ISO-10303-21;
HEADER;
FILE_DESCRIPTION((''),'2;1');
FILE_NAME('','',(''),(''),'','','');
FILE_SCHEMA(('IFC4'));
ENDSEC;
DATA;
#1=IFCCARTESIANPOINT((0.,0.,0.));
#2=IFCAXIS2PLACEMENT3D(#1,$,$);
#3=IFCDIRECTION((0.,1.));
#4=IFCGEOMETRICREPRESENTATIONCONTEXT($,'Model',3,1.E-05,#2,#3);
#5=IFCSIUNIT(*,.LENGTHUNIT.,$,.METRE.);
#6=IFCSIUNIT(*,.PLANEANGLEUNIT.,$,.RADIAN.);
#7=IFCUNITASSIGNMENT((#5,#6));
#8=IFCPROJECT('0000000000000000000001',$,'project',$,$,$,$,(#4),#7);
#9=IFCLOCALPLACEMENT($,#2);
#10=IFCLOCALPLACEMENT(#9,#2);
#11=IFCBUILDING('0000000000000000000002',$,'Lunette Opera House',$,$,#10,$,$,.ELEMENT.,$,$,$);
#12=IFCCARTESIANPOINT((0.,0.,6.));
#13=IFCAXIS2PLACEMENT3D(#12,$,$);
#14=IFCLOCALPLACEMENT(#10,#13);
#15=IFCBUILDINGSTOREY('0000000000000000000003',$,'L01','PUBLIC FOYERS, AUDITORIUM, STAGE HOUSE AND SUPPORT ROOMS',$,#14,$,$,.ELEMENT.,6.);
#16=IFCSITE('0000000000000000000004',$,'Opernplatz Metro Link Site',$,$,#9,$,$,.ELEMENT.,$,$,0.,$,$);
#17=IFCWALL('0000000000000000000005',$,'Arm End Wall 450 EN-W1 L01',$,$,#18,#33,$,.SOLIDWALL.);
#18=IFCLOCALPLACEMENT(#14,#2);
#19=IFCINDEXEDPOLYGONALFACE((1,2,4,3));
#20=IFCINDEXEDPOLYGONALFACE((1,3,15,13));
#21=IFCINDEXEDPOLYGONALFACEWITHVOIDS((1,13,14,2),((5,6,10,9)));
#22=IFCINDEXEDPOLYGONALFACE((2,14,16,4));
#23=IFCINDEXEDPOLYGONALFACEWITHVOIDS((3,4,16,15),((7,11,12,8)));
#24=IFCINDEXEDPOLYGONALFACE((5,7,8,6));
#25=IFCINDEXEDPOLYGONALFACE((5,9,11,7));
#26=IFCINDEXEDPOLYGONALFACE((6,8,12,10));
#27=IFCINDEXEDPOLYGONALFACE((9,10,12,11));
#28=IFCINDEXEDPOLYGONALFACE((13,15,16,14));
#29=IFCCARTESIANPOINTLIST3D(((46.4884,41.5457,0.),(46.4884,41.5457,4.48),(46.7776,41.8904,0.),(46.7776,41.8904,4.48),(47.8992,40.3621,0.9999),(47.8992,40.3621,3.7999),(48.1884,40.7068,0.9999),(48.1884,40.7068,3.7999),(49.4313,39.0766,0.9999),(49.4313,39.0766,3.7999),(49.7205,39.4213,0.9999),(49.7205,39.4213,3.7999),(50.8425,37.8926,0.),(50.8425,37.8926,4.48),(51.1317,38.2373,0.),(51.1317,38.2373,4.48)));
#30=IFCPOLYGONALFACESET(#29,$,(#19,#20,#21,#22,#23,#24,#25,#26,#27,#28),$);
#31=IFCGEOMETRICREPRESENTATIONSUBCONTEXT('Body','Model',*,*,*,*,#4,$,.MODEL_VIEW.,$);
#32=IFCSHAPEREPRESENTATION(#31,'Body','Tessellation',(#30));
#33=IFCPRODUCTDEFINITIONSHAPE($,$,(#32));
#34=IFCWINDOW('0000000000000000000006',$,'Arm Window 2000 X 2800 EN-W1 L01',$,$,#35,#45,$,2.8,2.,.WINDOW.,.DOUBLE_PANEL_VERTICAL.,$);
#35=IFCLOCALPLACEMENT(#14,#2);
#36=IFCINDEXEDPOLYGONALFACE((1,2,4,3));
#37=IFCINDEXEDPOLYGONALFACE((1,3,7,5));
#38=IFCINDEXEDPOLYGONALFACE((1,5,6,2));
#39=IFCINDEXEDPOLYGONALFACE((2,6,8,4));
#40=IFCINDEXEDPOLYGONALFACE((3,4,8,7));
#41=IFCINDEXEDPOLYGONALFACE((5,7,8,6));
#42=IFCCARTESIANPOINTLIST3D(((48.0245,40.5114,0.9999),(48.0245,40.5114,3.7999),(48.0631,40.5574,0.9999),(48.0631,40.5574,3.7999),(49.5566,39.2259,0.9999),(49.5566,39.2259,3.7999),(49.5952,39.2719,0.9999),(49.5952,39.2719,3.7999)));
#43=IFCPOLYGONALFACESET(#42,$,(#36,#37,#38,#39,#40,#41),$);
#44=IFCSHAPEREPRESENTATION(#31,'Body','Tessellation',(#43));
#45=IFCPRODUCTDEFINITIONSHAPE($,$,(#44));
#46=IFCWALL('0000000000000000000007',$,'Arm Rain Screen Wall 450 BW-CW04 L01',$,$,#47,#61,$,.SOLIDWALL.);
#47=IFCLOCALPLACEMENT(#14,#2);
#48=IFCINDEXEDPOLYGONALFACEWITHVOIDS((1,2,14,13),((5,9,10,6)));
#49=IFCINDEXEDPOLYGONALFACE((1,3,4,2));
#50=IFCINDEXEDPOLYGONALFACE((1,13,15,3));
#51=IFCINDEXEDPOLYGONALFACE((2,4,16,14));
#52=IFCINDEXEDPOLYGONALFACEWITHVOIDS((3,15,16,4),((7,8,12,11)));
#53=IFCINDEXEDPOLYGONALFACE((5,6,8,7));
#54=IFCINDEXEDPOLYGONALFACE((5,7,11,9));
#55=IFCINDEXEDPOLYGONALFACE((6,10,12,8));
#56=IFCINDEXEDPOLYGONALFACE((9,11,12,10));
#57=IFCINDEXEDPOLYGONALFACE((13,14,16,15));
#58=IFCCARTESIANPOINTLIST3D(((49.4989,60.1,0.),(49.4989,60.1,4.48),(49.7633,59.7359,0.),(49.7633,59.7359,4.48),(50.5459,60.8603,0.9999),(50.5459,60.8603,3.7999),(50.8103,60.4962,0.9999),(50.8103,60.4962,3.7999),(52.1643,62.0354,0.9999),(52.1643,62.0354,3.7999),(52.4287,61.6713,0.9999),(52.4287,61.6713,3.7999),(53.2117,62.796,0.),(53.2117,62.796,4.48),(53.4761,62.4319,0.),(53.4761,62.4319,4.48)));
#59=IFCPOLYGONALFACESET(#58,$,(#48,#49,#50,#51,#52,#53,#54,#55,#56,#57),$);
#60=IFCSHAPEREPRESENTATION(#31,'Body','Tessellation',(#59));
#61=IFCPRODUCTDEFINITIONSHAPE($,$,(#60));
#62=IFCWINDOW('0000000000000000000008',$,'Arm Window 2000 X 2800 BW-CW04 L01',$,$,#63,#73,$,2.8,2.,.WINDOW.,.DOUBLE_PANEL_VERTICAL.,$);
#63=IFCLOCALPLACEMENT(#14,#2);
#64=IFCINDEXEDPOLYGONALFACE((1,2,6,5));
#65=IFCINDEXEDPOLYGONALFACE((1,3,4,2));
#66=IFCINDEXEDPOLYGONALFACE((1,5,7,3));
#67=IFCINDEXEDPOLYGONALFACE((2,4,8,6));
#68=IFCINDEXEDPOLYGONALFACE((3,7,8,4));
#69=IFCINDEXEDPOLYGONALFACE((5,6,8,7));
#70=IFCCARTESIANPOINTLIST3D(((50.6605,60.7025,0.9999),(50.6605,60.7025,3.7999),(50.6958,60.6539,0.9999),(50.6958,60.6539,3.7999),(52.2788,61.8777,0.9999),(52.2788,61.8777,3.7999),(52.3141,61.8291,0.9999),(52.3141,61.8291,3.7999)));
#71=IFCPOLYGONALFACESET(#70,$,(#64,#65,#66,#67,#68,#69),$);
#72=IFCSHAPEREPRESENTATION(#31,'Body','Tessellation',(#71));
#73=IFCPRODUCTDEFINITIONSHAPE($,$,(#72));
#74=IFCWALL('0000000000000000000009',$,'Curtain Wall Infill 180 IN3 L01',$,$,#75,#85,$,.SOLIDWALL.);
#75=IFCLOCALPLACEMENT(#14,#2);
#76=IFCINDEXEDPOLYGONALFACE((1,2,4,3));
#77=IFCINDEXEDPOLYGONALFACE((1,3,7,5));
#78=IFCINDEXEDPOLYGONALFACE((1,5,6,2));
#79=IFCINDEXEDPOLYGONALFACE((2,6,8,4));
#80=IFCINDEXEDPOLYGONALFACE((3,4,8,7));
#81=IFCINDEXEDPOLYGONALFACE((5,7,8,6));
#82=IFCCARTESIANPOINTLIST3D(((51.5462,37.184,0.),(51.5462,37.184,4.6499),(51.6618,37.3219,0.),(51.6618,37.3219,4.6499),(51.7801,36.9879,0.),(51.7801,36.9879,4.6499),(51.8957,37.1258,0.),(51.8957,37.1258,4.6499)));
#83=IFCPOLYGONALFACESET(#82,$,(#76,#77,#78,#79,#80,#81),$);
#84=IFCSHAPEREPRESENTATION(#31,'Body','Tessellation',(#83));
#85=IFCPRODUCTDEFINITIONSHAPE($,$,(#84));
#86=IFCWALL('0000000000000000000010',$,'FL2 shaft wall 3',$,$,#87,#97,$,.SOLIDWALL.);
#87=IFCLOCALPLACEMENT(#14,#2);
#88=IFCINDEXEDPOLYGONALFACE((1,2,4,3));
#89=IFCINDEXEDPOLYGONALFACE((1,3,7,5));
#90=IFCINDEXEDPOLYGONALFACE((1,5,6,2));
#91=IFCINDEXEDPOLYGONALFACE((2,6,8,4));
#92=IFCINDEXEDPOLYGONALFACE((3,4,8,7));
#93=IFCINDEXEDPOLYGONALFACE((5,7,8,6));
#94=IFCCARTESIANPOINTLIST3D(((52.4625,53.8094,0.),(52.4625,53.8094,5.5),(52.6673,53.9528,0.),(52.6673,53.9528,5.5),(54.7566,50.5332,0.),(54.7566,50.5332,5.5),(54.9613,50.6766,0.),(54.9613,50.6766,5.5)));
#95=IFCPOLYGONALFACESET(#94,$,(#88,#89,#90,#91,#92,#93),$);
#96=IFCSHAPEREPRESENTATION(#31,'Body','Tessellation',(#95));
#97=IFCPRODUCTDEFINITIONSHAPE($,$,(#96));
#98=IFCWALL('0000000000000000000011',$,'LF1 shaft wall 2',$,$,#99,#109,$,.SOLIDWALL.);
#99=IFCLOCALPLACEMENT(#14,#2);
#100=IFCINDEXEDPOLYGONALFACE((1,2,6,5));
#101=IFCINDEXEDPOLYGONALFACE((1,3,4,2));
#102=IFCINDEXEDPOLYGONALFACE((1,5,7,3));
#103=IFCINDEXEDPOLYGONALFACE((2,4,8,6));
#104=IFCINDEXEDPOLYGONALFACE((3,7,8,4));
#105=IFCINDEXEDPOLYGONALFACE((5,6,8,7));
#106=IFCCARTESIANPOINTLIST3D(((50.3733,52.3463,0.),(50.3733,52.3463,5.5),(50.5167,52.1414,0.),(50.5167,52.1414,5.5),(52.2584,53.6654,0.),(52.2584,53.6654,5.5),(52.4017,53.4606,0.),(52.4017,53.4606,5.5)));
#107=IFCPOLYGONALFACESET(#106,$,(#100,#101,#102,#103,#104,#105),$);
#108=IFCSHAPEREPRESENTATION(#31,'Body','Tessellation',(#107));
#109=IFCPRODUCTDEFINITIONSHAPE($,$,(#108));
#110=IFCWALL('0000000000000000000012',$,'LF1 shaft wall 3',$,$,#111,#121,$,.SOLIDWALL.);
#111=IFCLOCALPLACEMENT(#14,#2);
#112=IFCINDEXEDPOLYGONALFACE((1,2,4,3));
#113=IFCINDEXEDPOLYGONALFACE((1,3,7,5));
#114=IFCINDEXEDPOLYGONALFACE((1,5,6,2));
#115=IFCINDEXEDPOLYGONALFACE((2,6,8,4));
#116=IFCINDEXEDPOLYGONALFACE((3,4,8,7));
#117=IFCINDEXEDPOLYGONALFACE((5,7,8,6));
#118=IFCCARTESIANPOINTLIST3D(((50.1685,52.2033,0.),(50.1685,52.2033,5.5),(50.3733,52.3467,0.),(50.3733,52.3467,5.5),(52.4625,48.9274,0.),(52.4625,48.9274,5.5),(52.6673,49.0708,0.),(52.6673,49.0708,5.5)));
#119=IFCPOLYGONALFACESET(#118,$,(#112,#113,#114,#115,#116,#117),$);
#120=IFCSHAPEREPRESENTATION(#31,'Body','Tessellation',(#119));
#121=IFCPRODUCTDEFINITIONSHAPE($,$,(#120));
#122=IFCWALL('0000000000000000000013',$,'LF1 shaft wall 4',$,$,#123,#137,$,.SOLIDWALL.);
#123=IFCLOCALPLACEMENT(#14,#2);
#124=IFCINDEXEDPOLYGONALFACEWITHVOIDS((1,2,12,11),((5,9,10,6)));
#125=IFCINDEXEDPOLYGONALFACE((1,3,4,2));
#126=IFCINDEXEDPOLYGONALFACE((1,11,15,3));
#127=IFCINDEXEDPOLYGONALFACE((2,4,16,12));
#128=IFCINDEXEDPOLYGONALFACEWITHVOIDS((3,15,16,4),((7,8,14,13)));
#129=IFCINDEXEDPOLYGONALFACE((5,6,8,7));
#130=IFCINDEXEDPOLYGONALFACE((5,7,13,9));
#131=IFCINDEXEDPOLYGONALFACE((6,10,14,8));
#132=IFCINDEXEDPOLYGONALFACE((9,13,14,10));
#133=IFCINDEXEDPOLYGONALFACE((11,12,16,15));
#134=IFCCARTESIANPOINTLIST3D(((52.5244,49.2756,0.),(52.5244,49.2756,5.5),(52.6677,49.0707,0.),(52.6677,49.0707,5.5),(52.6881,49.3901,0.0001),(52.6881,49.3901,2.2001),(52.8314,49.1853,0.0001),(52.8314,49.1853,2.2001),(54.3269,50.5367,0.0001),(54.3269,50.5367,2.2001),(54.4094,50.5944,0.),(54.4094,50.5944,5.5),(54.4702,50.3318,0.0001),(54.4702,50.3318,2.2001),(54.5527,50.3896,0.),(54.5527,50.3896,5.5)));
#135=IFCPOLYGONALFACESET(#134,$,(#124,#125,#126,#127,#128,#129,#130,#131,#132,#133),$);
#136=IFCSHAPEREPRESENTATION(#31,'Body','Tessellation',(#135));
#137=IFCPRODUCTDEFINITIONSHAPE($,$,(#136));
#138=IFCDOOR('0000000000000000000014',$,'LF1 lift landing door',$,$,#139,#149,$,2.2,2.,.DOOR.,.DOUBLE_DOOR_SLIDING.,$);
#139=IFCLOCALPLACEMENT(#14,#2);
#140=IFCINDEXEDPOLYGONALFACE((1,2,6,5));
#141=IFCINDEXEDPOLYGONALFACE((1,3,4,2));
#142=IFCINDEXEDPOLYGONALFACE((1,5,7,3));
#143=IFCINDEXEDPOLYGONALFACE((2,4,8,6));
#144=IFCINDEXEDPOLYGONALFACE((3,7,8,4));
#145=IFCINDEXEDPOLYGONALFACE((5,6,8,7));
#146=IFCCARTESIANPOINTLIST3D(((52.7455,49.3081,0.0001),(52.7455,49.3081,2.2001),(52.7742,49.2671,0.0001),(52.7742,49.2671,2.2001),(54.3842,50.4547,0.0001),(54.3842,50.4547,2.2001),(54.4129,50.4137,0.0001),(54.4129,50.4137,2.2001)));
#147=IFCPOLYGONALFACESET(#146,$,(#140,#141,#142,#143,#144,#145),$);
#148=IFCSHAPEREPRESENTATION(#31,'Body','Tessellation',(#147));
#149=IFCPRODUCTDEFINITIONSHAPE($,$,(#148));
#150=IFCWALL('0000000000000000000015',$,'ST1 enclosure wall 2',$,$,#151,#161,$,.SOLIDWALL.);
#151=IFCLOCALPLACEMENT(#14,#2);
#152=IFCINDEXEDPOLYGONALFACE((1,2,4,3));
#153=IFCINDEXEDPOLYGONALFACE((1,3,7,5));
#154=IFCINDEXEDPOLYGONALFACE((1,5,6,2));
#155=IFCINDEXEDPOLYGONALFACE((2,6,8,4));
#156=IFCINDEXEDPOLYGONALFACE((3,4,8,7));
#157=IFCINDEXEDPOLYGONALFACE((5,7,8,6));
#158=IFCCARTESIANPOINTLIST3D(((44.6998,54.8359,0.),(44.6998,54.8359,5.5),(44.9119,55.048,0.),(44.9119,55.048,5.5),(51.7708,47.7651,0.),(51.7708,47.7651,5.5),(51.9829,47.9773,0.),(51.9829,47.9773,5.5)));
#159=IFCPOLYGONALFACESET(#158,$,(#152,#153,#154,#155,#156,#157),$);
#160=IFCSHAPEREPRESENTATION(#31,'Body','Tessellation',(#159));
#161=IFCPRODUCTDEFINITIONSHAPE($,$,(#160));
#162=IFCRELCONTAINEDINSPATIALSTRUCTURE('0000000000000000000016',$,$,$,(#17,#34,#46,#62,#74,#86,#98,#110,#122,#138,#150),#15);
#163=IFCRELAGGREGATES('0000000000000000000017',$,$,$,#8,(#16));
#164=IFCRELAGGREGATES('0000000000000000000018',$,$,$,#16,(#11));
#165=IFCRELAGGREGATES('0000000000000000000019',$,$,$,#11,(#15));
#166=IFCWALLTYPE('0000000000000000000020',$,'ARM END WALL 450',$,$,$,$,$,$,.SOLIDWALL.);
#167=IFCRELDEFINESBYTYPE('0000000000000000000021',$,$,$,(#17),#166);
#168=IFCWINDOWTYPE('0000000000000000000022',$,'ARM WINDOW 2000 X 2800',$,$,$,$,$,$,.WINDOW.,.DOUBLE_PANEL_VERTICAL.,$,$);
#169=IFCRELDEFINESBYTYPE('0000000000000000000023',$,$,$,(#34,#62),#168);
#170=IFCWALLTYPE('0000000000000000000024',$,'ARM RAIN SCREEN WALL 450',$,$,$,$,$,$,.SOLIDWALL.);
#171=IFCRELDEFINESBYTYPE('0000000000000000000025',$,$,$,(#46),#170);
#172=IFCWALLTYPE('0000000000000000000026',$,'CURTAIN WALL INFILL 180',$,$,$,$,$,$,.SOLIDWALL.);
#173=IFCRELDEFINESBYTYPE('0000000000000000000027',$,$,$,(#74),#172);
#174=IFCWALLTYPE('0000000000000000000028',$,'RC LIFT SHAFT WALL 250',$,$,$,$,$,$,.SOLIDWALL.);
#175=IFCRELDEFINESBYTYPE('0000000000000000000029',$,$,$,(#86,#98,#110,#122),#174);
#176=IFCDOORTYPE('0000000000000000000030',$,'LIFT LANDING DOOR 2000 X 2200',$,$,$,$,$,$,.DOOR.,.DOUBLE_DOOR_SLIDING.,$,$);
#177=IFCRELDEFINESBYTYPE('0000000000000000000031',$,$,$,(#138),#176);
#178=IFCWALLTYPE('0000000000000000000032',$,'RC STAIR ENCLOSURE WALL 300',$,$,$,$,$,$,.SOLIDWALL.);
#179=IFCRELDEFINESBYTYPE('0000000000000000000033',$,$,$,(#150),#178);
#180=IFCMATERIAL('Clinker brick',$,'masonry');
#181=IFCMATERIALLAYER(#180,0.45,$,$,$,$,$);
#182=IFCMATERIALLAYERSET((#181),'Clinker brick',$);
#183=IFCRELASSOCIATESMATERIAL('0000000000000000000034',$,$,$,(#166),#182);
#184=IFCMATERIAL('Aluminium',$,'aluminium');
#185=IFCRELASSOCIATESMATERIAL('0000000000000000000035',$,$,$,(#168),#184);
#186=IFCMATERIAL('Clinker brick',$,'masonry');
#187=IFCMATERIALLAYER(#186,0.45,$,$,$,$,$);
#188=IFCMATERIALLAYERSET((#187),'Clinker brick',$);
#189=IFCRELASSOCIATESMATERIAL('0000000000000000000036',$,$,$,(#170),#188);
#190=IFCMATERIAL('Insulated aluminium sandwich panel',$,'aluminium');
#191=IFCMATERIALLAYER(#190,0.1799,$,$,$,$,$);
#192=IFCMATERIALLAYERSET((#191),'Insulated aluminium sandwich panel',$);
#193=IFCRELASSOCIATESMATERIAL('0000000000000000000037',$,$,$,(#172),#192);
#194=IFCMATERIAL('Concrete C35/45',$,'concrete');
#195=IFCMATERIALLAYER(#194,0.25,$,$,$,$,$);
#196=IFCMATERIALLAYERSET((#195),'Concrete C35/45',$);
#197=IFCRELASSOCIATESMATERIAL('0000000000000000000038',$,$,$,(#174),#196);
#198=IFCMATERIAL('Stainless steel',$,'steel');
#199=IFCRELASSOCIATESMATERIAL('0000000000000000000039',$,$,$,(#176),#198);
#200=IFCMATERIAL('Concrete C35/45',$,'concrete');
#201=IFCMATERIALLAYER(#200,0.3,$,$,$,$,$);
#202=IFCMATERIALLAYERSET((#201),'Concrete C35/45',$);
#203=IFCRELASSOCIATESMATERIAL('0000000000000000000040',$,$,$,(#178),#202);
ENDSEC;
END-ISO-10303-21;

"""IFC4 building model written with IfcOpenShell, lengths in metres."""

from ifc_helpers import new_model, si_unit, direction, frame, frame_2d, origin, place, context, subcontext, project, spatial, rectangle, extrude, material, layer, layer_set, type_object, element, fill, save


model = new_model("IFC4")

# Units and contexts
model_context = context("Model", 3, precision=1e-05, world=origin(), true_north=direction((0.0, 1.0)))
body_context = subcontext(model_context, "Body", "Model", "MODEL_VIEW")
ifc_project = project(units=[si_unit("LENGTHUNIT", "METRE"), si_unit("PLANEANGLEUNIT", "RADIAN")], contexts=[model_context])

# Site, building, storey
site_placement = place(None, origin())
site = spatial("IfcSite", under=ifc_project, at=site_placement, Name="Opernplatz Metro Link Site", CompositionType="ELEMENT", RefElevation=0.0)
building_placement = place(site_placement, origin())
building = spatial("IfcBuilding", under=site, at=building_placement, Name="Lunette Opera House", CompositionType="ELEMENT")
storey_placement = place(building_placement, frame((0.0, 0.0, 6.0)))
storey = spatial("IfcBuildingStorey", under=building, at=storey_placement, Name="L01", Description="PUBLIC FOYERS, AUDITORIUM, STAGE HOUSE AND SUPPORT ROOMS", CompositionType="ELEMENT", Elevation=6.0)

# Walls, openings, windows
ifc_material_1 = material(Name="Clinker brick", Category="masonry")
ifc_layer_1 = layer(ifc_material_1, 0.45)
ifc_layer_set_1 = layer_set([ifc_layer_1], Name="Clinker brick")
wall_type_1 = type_object("IfcWallType", Name="ARM END WALL 450", PredefinedType="SOLIDWALL", material=ifc_layer_set_1)
wall_1_placement = place(storey_placement, frame((50.9871, 38.0649, 0.0), z_axis=(0.0, 0.0, 1.0), x_axis=(-0.766076, 0.64275, 0.0)))
wall_1 = element("IfcWall", 1, at=wall_1_placement, inside=storey, type_object=wall_type_1, Name="Arm End Wall 450 EN-W1 L01", PredefinedType="SOLIDWALL", context=body_context, shape_type="SweptSolid", body=[
    extrude(rectangle(XDim=5.6836, YDim=0.45, at=frame_2d((2.8418, 0.0))), origin(), (0.0, 0.0, 1.0), 4.48),
])
opening_1_placement = place(wall_1_placement, frame((1.842, 0.0, 1.0)))
opening_1 = element("IfcOpeningElement", 2, at=opening_1_placement, cuts=wall_1, PredefinedType="OPENING", context=body_context, shape_type="SweptSolid", body=[
    extrude(rectangle(XDim=2.0, YDim=2.8, at=frame_2d((1.0, 1.3999))), frame((0.0, 0.2371, 0.0), z_axis=(0.0, -1.0, 0.0), x_axis=(1.0, 0.0, 0.0)), (0.0, 0.0, 1.0), 0.4739),
])
ifc_material_2 = material(Name="Aluminium", Category="aluminium")
window_type = type_object("IfcWindowType", Name="ARM WINDOW 2000 X 2800", PartitioningType="DOUBLE_PANEL_VERTICAL", PredefinedType="WINDOW", material=ifc_material_2)
window_1_placement = place(opening_1_placement, origin())
window_1 = element("IfcWindow", 3, at=window_1_placement, inside=storey, type_object=window_type, Name="Arm Window 2000 X 2800 EN-W1 L01", OverallHeight=2.8, OverallWidth=2.0, PartitioningType="DOUBLE_PANEL_VERTICAL", PredefinedType="WINDOW", context=body_context, shape_type="SweptSolid", body=[
    extrude(rectangle(XDim=2.0, YDim=2.8, at=frame_2d((1.0, 1.3999))), frame((0.0, 0.03, 0.0), z_axis=(0.0, -1.0, 0.0), x_axis=(1.0, 0.0, 0.0)), (0.0, 0.0, 1.0), 0.0601),
])
fill(opening_1, window_1)
ifc_material_3 = material(Name="Clinker brick", Category="masonry")
ifc_layer_2 = layer(ifc_material_3, 0.45)
ifc_layer_set_2 = layer_set([ifc_layer_2], Name="Clinker brick")
wall_type_2 = type_object("IfcWallType", Name="ARM RAIN SCREEN WALL 450", PredefinedType="SOLIDWALL", material=ifc_layer_set_2)
wall_2_placement = place(storey_placement, frame((49.6311, 59.918, 0.0), z_axis=(0.0, 0.0, 1.0), x_axis=(0.809175, 0.587567, 0.0)))
wall_2 = element("IfcWall", 4, at=wall_2_placement, inside=storey, type_object=wall_type_2, Name="Arm Rain Screen Wall 450 BW-CW04 L01", PredefinedType="SOLIDWALL", context=body_context, shape_type="SweptSolid", body=[
    extrude(rectangle(XDim=4.5884, YDim=0.45, at=frame_2d((2.2942, 0.0))), origin(), (0.0, 0.0, 1.0), 4.48),
])
opening_2_placement = place(wall_2_placement, frame((1.2939, 0.0, 1.0)))
opening_2 = element("IfcOpeningElement", 5, at=opening_2_placement, cuts=wall_2, PredefinedType="OPENING", context=body_context, shape_type="SweptSolid", body=[
    extrude(rectangle(XDim=2.0, YDim=2.8, at=frame_2d((1.0, 1.3999))), frame((0.0, 0.2371, 0.0), z_axis=(0.0, -1.0, 0.0), x_axis=(1.0, 0.0, 0.0)), (0.0, 0.0, 1.0), 0.4739),
])
window_2_placement = place(opening_2_placement, origin())
window_2 = element("IfcWindow", 6, at=window_2_placement, inside=storey, type_object=window_type, Name="Arm Window 2000 X 2800 BW-CW04 L01", OverallHeight=2.8, OverallWidth=2.0, PartitioningType="DOUBLE_PANEL_VERTICAL", PredefinedType="WINDOW", context=body_context, shape_type="SweptSolid", body=[
    extrude(rectangle(XDim=2.0, YDim=2.8, at=frame_2d((1.0, 1.3999))), frame((0.0, 0.03, 0.0), z_axis=(0.0, -1.0, 0.0), x_axis=(1.0, 0.0, 0.0)), (0.0, 0.0, 1.0), 0.0601),
])
fill(opening_2, window_2)

# Walls
ifc_material_4 = material(Name="Insulated aluminium sandwich panel", Category="aluminium")
ifc_layer_3 = layer(ifc_material_4, 0.1799)
ifc_layer_set_3 = layer_set([ifc_layer_3], Name="Insulated aluminium sandwich panel")
wall_type_3 = type_object("IfcWallType", Name="CURTAIN WALL INFILL 180", PredefinedType="SOLIDWALL", material=ifc_layer_set_3)
wall_3_placement = place(storey_placement, frame((51.8379, 37.0569, 0.0), z_axis=(0.0, 0.0, 1.0), x_axis=(-0.766382, 0.642385, 0.0)))
element("IfcWall", 7, at=wall_3_placement, inside=storey, type_object=wall_type_3, Name="Curtain Wall Infill 180 IN3 L01", PredefinedType="SOLIDWALL", context=body_context, shape_type="SweptSolid", body=[
    extrude(rectangle(XDim=0.3052, YDim=0.1799, at=frame_2d((0.1526, 0.0))), origin(), (0.0, 0.0, 1.0), 4.6499),
])
ifc_material_5 = material(Name="Concrete C35/45", Category="concrete")
ifc_layer_4 = layer(ifc_material_5, 0.25)
ifc_layer_set_4 = layer_set([ifc_layer_4], Name="Concrete C35/45")
wall_type_4 = type_object("IfcWallType", Name="RC LIFT SHAFT WALL 250", PredefinedType="SOLIDWALL", material=ifc_layer_set_4)
wall_4_placement = place(storey_placement, frame((52.5649, 53.8811, 0.0), z_axis=(0.0, 0.0, 1.0), x_axis=(0.573573, -0.819154, 0.0)))
element("IfcWall", 8, at=wall_4_placement, inside=storey, type_object=wall_type_4, Name="FL2 shaft wall 3", PredefinedType="SOLIDWALL", context=body_context, shape_type="SweptSolid", body=[
    extrude(rectangle(XDim=3.9995, YDim=0.25, at=frame_2d((1.9998, 0.0))), origin(), (0.0, 0.0, 1.0), 5.5),
])
wall_5_placement = place(storey_placement, frame((52.3301, 53.563, 0.0), z_axis=(0.0, 0.0, 1.0), x_axis=(-0.819317, -0.573341, 0.0)))
element("IfcWall", 9, at=wall_5_placement, inside=storey, type_object=wall_type_4, Name="LF1 shaft wall 2", PredefinedType="SOLIDWALL", context=body_context, shape_type="SweptSolid", body=[
    extrude(rectangle(XDim=2.3008, YDim=0.25, at=frame_2d((1.1504, 0.0))), origin(), (0.0, 0.0, 1.0), 5.5),
])
wall_6_placement = place(storey_placement, frame((50.271, 52.2749, 0.0), z_axis=(0.0, 0.0, 1.0), x_axis=(0.573602, -0.819134, 0.0)))
element("IfcWall", 10, at=wall_6_placement, inside=storey, type_object=wall_type_4, Name="LF1 shaft wall 3", PredefinedType="SOLIDWALL", context=body_context, shape_type="SweptSolid", body=[
    extrude(rectangle(XDim=3.9993, YDim=0.25, at=frame_2d((1.9995, 0.0))), origin(), (0.0, 0.0, 1.0), 5.5),
])

# Wall, opening, door
wall_7_placement = place(storey_placement, frame((52.5959, 49.1731, 0.0), z_axis=(0.0, 0.0, 1.0), x_axis=(0.819367, 0.57327, 0.0)))
wall_7 = element("IfcWall", 11, at=wall_7_placement, inside=storey, type_object=wall_type_4, Name="LF1 shaft wall 4", PredefinedType="SOLIDWALL", context=body_context, shape_type="SweptSolid", body=[
    extrude(rectangle(XDim=2.3005, YDim=0.25, at=frame_2d((1.1504, 0.0))), origin(), (0.0, 0.0, 1.0), 5.5),
])
opening_3_placement = place(wall_7_placement, frame((0.2, 0.0, 0.0)))
opening_3 = element("IfcOpeningElement", 12, at=opening_3_placement, cuts=wall_7, PredefinedType="OPENING", context=body_context, shape_type="SweptSolid", body=[
    extrude(rectangle(XDim=2.0, YDim=2.2, at=frame_2d((1.0, 1.1001))), frame((0.0, 0.137, 0.0), z_axis=(0.0, -1.0, 0.0), x_axis=(1.0, 0.0, 0.0)), (0.0, 0.0, 1.0), 0.2739),
])
ifc_material_6 = material(Name="Stainless steel", Category="steel")
door_type_1 = type_object("IfcDoorType", Name="LIFT LANDING DOOR 2000 X 2200", OperationType="DOUBLE_DOOR_SLIDING", PredefinedType="DOOR", material=ifc_material_6)
door_1_placement = place(opening_3_placement, origin())
door_1 = element("IfcDoor", 13, at=door_1_placement, inside=storey, type_object=door_type_1, Name="LF1 lift landing door", OperationType="DOUBLE_DOOR_SLIDING", OverallHeight=2.2, OverallWidth=2.0, PredefinedType="DOOR", context=body_context, shape_type="SweptSolid", body=[
    extrude(rectangle(XDim=2.0, YDim=2.2, at=frame_2d((1.0, 1.1001))), frame((0.0, 0.0249, 0.0), z_axis=(0.0, -1.0, 0.0), x_axis=(1.0, 0.0, 0.0)), (0.0, 0.0, 1.0), 0.05),
])
fill(opening_3, door_1)

# Wall
ifc_material_7 = material(Name="Concrete C35/45", Category="concrete")
ifc_layer_5 = layer(ifc_material_7, 0.3)
ifc_layer_set_5 = layer_set([ifc_layer_5], Name="Concrete C35/45")
wall_type_5 = type_object("IfcWallType", Name="RC STAIR ENCLOSURE WALL 300", PredefinedType="SOLIDWALL", material=ifc_layer_set_5)
wall_8_placement = place(storey_placement, frame((51.877, 47.8711, 0.0), z_axis=(0.0, 0.0, 1.0), x_axis=(-0.707119, 0.707095, 0.0)))
element("IfcWall", 14, at=wall_8_placement, inside=storey, type_object=wall_type_5, Name="ST1 enclosure wall 2", PredefinedType="SOLIDWALL", context=body_context, shape_type="SweptSolid", body=[
    extrude(rectangle(XDim=9.9998, YDim=0.3, at=frame_2d((5.0, 0.0))), origin(), (0.0, 0.0, 1.0), 5.5),
])

save(model, "model.ifc")
